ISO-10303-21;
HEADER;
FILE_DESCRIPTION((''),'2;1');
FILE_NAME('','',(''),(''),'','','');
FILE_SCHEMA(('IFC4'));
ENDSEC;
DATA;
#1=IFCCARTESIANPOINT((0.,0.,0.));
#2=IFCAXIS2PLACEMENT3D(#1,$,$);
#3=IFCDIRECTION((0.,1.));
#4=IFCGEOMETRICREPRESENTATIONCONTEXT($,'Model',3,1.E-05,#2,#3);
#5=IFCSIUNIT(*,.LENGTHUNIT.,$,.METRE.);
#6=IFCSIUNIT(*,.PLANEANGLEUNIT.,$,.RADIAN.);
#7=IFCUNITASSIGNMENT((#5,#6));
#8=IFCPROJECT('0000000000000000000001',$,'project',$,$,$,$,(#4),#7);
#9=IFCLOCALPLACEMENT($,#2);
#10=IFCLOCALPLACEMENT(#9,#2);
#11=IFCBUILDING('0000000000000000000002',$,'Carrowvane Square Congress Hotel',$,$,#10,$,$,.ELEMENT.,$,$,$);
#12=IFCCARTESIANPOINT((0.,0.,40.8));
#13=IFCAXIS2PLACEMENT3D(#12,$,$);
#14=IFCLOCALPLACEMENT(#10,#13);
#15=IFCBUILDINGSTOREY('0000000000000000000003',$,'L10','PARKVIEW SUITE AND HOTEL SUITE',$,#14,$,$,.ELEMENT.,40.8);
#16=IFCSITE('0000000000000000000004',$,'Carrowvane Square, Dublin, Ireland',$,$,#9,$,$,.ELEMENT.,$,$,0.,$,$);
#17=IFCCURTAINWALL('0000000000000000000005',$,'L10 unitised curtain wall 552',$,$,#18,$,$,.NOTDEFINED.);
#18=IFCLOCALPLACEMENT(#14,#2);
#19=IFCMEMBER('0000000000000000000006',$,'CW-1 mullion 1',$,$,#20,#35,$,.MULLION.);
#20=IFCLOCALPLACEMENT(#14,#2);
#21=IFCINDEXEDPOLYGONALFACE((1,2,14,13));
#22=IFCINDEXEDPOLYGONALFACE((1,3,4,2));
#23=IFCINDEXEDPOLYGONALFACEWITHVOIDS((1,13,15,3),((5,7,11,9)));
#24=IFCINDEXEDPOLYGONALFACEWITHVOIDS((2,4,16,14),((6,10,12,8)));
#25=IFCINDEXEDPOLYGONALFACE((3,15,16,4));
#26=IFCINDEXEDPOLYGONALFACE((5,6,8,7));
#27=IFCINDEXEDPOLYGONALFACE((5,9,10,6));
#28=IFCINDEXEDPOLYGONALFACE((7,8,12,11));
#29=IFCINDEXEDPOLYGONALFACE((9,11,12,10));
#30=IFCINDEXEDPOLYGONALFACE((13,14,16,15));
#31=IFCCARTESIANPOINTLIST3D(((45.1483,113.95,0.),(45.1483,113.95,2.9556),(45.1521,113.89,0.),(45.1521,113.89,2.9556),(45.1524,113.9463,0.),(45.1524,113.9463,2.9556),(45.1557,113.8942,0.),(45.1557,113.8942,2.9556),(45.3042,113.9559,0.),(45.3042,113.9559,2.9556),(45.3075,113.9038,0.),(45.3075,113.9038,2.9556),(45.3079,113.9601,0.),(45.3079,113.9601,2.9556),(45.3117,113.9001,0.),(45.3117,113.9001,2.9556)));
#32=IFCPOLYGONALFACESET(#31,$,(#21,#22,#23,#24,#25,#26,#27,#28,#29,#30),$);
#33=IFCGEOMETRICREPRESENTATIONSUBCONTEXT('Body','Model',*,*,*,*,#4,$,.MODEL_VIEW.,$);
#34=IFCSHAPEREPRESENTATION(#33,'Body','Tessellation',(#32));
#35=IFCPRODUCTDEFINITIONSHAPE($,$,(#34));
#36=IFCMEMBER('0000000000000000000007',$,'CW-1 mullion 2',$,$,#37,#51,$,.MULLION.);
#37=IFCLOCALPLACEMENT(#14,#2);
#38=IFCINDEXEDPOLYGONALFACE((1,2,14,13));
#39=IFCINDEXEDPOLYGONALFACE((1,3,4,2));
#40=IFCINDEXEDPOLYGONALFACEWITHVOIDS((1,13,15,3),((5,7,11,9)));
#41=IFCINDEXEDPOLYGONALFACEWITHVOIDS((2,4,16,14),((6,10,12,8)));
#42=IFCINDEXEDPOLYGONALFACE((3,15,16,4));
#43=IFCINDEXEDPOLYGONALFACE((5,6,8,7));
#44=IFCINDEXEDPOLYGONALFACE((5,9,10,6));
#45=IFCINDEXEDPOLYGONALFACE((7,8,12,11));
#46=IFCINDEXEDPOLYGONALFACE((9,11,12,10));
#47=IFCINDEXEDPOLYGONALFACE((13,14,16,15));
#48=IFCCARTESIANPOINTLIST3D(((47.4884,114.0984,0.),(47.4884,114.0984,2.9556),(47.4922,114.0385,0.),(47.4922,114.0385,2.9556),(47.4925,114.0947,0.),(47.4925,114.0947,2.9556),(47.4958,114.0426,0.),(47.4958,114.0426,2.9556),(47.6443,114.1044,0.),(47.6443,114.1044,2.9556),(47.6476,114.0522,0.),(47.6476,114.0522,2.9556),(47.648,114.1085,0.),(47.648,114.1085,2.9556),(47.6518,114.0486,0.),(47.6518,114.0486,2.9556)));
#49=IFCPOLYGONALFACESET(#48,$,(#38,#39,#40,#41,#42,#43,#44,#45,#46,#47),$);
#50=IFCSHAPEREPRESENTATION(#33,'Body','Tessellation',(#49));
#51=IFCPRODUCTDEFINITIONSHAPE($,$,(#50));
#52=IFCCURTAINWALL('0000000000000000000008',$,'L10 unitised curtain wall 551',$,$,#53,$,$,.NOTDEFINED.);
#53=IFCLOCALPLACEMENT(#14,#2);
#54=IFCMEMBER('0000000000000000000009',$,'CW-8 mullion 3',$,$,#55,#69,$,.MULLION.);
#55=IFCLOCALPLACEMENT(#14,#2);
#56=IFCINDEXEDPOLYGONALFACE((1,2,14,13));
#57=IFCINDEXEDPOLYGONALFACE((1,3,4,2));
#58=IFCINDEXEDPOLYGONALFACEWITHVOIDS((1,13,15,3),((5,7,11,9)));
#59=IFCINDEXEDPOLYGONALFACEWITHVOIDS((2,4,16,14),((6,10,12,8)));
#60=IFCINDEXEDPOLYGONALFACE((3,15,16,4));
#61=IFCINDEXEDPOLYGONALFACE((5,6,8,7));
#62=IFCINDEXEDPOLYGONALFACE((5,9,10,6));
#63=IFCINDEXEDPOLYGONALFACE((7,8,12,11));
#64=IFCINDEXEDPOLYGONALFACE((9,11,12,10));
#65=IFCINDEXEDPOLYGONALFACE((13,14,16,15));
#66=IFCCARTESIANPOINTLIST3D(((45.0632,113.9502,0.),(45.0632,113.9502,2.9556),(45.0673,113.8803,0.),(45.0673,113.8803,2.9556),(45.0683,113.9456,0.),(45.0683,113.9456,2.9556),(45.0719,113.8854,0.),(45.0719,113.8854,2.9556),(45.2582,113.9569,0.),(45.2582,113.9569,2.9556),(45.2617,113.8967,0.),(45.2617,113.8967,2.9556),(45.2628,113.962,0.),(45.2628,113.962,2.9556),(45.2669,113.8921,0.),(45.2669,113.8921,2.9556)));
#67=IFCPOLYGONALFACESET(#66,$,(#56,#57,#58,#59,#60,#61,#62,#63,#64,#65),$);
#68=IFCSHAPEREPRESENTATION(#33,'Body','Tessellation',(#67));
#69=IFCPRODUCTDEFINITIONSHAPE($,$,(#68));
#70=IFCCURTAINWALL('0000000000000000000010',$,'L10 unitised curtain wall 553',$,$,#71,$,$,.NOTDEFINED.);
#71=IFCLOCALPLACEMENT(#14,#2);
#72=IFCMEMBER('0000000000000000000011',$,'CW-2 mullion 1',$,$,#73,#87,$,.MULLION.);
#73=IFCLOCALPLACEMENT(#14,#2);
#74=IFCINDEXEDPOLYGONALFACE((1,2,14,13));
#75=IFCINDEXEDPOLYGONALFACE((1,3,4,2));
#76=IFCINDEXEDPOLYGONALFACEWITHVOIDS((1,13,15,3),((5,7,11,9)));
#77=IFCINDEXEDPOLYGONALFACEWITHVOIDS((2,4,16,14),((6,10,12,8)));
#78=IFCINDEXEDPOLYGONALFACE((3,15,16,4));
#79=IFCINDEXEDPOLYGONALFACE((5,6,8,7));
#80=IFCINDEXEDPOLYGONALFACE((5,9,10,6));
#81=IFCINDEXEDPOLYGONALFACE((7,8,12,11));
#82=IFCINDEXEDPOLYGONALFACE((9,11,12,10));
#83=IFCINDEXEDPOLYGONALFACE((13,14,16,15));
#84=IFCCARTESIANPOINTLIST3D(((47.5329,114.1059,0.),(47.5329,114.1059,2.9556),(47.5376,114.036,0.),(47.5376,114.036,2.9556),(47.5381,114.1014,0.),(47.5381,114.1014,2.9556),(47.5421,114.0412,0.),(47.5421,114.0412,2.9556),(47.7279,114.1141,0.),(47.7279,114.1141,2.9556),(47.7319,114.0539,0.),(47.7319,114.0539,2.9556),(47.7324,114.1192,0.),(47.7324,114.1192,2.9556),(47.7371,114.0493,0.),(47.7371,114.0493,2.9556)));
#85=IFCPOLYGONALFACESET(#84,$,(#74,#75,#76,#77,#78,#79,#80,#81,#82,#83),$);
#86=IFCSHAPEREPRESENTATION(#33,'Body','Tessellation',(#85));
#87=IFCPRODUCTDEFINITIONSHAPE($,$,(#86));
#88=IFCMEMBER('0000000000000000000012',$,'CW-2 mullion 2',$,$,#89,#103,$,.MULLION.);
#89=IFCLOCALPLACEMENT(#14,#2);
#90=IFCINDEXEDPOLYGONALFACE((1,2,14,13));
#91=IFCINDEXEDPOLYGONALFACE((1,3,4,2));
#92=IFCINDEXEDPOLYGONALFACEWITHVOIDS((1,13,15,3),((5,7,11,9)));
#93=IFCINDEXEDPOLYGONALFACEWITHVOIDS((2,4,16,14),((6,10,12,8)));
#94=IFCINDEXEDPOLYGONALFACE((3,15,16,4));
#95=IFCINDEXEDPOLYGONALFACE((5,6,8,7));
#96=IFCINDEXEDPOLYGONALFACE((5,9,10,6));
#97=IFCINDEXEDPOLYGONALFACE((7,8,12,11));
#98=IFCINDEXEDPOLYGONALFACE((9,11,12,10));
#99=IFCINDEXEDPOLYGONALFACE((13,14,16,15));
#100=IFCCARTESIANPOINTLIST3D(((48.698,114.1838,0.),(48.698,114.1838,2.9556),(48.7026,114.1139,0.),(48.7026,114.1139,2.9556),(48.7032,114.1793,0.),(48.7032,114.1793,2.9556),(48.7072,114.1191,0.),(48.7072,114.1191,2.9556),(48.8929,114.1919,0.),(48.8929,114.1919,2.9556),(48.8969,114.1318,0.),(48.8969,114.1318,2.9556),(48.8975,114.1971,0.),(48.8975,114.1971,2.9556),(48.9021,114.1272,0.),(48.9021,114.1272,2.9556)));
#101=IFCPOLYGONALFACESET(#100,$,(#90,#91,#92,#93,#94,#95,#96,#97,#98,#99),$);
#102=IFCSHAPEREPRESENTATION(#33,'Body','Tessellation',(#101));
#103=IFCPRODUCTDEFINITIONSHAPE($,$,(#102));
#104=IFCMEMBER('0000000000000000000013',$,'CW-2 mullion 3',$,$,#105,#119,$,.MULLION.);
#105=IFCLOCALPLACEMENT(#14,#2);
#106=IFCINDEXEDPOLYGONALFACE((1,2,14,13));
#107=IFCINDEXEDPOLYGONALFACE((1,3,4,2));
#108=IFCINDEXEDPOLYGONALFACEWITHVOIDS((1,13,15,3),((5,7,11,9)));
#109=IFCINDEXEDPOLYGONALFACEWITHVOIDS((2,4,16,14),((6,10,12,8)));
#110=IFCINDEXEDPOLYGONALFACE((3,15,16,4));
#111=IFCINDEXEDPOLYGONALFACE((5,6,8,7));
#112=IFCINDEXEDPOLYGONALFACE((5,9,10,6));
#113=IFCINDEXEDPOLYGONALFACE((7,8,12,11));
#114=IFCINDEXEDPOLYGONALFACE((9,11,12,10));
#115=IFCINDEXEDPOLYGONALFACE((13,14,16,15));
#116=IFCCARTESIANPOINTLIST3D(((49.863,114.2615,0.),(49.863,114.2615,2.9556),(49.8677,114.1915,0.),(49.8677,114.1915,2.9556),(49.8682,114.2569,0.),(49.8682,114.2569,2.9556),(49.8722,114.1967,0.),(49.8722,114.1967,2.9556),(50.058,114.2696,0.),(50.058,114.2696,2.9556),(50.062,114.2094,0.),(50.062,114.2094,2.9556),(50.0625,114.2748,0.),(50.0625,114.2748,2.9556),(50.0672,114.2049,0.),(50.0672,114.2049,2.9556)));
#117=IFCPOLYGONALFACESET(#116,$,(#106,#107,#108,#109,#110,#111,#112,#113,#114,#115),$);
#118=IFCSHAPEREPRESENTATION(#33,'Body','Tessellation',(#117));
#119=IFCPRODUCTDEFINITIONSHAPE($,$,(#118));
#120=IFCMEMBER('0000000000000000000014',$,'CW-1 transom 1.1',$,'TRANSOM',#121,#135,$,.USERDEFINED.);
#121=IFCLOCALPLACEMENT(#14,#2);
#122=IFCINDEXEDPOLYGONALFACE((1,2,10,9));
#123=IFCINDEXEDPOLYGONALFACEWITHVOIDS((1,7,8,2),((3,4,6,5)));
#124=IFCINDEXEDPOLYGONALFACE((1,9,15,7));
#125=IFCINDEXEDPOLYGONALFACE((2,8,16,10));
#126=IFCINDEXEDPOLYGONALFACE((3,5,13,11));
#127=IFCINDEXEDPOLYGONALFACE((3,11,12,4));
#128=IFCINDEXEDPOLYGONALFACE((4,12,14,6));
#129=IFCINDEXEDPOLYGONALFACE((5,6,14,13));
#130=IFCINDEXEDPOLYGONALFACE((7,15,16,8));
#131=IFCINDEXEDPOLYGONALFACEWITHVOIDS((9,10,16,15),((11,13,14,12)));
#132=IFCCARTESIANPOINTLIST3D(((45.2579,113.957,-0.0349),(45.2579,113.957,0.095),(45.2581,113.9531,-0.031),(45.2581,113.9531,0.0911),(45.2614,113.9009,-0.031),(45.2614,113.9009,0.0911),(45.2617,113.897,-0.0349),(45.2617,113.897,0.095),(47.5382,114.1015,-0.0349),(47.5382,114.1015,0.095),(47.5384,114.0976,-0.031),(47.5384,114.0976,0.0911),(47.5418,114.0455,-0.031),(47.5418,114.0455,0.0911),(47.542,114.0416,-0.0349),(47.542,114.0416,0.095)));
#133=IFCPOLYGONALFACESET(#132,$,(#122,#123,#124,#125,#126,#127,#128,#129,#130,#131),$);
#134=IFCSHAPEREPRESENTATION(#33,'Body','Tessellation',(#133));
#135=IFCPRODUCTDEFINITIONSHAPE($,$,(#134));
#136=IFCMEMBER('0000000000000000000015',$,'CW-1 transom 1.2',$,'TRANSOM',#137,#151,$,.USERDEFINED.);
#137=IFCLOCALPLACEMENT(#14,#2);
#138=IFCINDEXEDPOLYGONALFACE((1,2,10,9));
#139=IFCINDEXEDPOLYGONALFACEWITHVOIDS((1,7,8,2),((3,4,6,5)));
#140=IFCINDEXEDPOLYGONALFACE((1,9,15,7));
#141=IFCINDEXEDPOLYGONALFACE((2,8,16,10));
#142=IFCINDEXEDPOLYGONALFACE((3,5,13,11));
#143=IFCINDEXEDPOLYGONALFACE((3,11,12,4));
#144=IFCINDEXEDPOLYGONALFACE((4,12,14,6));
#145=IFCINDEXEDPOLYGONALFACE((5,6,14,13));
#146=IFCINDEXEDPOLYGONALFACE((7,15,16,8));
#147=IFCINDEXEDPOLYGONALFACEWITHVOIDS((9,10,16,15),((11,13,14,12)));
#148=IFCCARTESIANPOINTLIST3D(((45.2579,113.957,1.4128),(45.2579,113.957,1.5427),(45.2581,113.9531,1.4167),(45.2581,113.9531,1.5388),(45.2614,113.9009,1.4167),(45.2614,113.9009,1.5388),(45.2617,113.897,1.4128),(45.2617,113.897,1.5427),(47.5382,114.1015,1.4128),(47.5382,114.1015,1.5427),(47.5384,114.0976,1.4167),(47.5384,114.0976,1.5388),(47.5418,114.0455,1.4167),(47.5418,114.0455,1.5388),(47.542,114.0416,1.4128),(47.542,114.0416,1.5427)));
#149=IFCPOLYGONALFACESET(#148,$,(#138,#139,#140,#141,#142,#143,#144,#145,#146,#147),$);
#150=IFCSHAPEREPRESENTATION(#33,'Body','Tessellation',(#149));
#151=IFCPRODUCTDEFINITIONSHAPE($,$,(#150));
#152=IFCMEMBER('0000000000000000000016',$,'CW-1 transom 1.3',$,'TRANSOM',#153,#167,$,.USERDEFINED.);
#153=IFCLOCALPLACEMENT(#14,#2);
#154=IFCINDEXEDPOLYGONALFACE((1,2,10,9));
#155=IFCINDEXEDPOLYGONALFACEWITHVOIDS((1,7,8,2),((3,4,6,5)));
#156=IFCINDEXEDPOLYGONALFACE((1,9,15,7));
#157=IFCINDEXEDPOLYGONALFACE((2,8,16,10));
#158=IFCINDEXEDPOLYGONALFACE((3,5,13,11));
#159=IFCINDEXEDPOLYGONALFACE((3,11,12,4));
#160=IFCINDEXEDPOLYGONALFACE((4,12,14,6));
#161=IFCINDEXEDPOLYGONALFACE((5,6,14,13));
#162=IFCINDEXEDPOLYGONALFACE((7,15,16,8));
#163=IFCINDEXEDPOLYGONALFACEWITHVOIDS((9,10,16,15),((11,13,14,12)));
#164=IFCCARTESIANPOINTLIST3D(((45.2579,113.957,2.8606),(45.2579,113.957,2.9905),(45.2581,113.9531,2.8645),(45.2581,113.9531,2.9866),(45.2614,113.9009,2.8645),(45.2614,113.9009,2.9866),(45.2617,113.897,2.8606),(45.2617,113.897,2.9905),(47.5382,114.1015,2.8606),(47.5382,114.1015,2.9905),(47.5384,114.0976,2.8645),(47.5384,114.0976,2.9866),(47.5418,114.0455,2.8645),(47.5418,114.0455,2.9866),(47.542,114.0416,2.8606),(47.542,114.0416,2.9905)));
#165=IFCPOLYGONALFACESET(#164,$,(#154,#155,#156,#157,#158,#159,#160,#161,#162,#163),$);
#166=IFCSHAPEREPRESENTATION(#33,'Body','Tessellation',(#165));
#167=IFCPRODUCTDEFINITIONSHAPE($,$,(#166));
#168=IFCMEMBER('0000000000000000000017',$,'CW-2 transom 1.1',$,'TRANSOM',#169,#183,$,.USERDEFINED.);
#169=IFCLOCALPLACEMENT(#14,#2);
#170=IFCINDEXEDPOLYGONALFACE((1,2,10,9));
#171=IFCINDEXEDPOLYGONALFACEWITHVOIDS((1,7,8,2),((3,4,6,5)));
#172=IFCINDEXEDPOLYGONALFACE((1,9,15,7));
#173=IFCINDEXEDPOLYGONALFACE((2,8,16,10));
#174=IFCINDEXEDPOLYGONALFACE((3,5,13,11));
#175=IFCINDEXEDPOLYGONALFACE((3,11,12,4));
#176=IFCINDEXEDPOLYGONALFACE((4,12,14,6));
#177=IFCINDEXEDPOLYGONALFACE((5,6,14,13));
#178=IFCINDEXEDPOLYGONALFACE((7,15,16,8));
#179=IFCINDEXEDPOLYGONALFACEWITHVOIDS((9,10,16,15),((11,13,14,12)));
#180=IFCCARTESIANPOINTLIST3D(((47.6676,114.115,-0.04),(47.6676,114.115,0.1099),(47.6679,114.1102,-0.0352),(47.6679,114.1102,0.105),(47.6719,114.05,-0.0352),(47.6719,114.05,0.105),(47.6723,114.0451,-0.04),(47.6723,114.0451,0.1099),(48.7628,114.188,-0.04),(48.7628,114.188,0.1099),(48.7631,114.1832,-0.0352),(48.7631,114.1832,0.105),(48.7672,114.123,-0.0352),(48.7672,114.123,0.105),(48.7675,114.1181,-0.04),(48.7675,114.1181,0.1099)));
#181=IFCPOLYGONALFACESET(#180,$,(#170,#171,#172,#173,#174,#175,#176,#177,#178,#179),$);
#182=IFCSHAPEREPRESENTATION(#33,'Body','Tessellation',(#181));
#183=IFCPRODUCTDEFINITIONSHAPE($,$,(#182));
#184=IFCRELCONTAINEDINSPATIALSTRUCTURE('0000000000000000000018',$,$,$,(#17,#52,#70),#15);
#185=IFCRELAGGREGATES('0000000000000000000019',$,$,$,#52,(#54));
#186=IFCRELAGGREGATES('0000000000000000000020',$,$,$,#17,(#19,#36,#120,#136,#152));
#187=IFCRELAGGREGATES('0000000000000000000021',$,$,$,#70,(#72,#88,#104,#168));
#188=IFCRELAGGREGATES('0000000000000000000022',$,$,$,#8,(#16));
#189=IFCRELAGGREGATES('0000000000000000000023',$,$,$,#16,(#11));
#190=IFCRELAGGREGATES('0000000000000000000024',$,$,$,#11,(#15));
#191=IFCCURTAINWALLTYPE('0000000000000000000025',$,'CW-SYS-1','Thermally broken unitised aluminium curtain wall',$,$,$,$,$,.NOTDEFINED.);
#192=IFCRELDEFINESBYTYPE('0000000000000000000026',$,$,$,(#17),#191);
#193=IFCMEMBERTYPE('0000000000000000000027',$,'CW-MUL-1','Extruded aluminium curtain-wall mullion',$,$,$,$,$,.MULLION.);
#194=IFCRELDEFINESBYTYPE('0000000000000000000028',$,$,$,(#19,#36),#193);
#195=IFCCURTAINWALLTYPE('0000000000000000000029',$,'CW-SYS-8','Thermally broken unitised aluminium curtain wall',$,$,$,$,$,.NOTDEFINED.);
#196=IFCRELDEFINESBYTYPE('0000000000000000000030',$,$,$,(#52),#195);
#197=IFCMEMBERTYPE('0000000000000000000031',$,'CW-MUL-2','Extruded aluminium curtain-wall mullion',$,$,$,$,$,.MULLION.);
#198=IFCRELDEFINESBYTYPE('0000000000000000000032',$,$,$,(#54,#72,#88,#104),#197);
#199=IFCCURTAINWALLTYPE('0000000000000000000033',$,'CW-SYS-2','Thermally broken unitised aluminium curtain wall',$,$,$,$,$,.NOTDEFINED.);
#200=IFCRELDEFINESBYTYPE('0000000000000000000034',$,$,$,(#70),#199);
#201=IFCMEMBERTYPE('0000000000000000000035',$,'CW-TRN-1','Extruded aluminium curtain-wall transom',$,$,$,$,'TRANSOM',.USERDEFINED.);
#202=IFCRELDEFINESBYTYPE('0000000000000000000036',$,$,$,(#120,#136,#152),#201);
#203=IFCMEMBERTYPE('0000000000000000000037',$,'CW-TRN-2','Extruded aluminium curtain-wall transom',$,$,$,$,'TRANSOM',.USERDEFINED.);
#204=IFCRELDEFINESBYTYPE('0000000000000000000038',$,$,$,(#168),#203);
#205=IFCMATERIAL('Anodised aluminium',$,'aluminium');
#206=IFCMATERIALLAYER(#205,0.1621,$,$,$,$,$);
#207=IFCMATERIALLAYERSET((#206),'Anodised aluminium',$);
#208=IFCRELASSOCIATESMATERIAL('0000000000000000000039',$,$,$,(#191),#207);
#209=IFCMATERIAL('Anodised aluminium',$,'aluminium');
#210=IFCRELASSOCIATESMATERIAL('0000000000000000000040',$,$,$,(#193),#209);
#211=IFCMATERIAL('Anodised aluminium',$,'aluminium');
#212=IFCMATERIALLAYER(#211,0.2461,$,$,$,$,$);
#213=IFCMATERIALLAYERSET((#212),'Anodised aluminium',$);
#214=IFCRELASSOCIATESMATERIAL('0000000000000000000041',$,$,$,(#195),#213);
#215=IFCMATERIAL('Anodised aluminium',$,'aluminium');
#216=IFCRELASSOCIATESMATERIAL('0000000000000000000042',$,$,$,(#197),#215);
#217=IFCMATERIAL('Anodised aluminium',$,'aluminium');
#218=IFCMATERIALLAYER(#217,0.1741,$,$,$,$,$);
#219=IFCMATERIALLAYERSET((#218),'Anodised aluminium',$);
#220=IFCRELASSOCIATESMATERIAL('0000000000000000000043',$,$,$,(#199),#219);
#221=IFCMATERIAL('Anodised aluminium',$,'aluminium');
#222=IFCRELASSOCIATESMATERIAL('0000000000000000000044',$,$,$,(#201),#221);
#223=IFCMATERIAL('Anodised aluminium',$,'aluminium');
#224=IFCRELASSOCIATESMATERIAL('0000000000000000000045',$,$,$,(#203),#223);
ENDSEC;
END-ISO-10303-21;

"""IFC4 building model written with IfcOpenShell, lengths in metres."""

from ifc_helpers import new_model, si_unit, direction, frame, origin, origin_2d, place, context, subcontext, project, spatial, hollow_rectangle, extrude, material, layer, layer_set, material_profile, profile_set, type_object, element, aggregate, save


model = new_model("IFC4")

# Units and contexts
model_context = context("Model", 3, precision=1e-05, world=origin(), true_north=direction((0.0, 1.0)))
body_context = subcontext(model_context, "Body", "Model", "MODEL_VIEW")
ifc_project = project(units=[si_unit("LENGTHUNIT", "METRE"), si_unit("PLANEANGLEUNIT", "RADIAN")], contexts=[model_context])

# Site, building, storey
site_placement = place(None, origin())
site = spatial("IfcSite", under=ifc_project, at=site_placement, Name="Carrowvane Square, Dublin, Ireland", CompositionType="ELEMENT", RefElevation=0.0)
building_placement = place(site_placement, origin())
building = spatial("IfcBuilding", under=site, at=building_placement, Name="Carrowvane Square Congress Hotel", CompositionType="ELEMENT")
storey_placement = place(building_placement, frame((0.0, 0.0, 40.8)))
storey = spatial("IfcBuildingStorey", under=building, at=storey_placement, Name="L10", Description="PARKVIEW SUITE AND HOTEL SUITE", CompositionType="ELEMENT", Elevation=40.8)

# Curtain wall, members
ifc_material_1 = material(Name="Anodised aluminium", Category="aluminium")
ifc_layer_1 = layer(ifc_material_1, 0.1621)
ifc_layer_set_1 = layer_set([ifc_layer_1], Name="Anodised aluminium")
curtain_wall_type_1 = type_object("IfcCurtainWallType", Name="CW-SYS-1", Description="Thermally broken unitised aluminium curtain wall", PredefinedType="NOTDEFINED", material=ifc_layer_set_1)
curtain_wall_1_placement = place(storey_placement, origin())
curtain_wall_1 = element("IfcCurtainWall", 1, at=curtain_wall_1_placement, inside=storey, type_object=curtain_wall_type_1, Name="L10 unitised curtain wall 552", PredefinedType="NOTDEFINED")
ifc_material_2 = material(Name="Anodised aluminium", Category="aluminium")
ifc_material_profile_1 = material_profile(ifc_material_2, hollow_rectangle(XDim=0.0601, YDim=0.1599, WallThickness=0.0039, at=origin_2d()), Name="CW-ML 60x160x4")
ifc_profile_set_1 = profile_set([ifc_material_profile_1], Name="Anodised aluminium")
member_type_1 = type_object("IfcMemberType", Name="CW-MUL-1", Description="Extruded aluminium curtain-wall mullion", PredefinedType="MULLION", material=ifc_profile_set_1)
member_1_placement = place(storey_placement, frame((45.23, 113.925, 0.0), z_axis=(0.0, 0.0, 1.0), x_axis=(-0.063273, 0.997996, 0.0)))
member_1 = element("IfcMember", 2, at=member_1_placement, type_object=member_type_1, Name="CW-1 mullion 1", PredefinedType="MULLION", context=body_context, shape_type="SweptSolid", body=[
    extrude(hollow_rectangle(XDim=0.0601, YDim=0.1599, WallThickness=0.0039, at=origin_2d()), origin(), (0.0, 0.0, 1.0), 2.9556),
])
member_2_placement = place(storey_placement, frame((47.5701, 114.0735, 0.0), z_axis=(0.0, 0.0, 1.0), x_axis=(-0.063273, 0.997996, 0.0)))
member_2 = element("IfcMember", 3, at=member_2_placement, type_object=member_type_1, Name="CW-1 mullion 2", PredefinedType="MULLION", context=body_context, shape_type="SweptSolid", body=[
    extrude(hollow_rectangle(XDim=0.0601, YDim=0.1599, WallThickness=0.0039, at=origin_2d()), origin(), (0.0, 0.0, 1.0), 2.9556),
])

# Curtain wall, member
ifc_material_3 = material(Name="Anodised aluminium", Category="aluminium")
ifc_layer_2 = layer(ifc_material_3, 0.2461)
ifc_layer_set_2 = layer_set([ifc_layer_2], Name="Anodised aluminium")
curtain_wall_type_2 = type_object("IfcCurtainWallType", Name="CW-SYS-8", Description="Thermally broken unitised aluminium curtain wall", PredefinedType="NOTDEFINED", material=ifc_layer_set_2)
curtain_wall_2_placement = place(storey_placement, origin())
curtain_wall_2 = element("IfcCurtainWall", 4, at=curtain_wall_2_placement, inside=storey, type_object=curtain_wall_type_2, Name="L10 unitised curtain wall 551", PredefinedType="NOTDEFINED")
ifc_material_4 = material(Name="Anodised aluminium", Category="aluminium")
ifc_material_profile_2 = material_profile(ifc_material_4, hollow_rectangle(XDim=0.0701, YDim=0.2, WallThickness=0.0049, at=origin_2d()), Name="CW-ML 70x200x5")
ifc_profile_set_2 = profile_set([ifc_material_profile_2], Name="Anodised aluminium")
member_type_2 = type_object("IfcMemberType", Name="CW-MUL-2", Description="Extruded aluminium curtain-wall mullion", PredefinedType="MULLION", material=ifc_profile_set_2)
member_3_placement = place(storey_placement, frame((45.165, 113.9211, 0.0), z_axis=(0.0, 0.0, 1.0), x_axis=(-0.058989, 0.998259, 0.0)))
member_3 = element("IfcMember", 5, at=member_3_placement, type_object=member_type_2, Name="CW-8 mullion 3", PredefinedType="MULLION", context=body_context, shape_type="SweptSolid", body=[
    extrude(hollow_rectangle(XDim=0.0701, YDim=0.2, WallThickness=0.0049, at=origin_2d()), origin(), (0.0, 0.0, 1.0), 2.9556),
])

# Curtain wall, members
ifc_material_5 = material(Name="Anodised aluminium", Category="aluminium")
ifc_layer_3 = layer(ifc_material_5, 0.1741)
ifc_layer_set_3 = layer_set([ifc_layer_3], Name="Anodised aluminium")
curtain_wall_type_3 = type_object("IfcCurtainWallType", Name="CW-SYS-2", Description="Thermally broken unitised aluminium curtain wall", PredefinedType="NOTDEFINED", material=ifc_layer_set_3)
curtain_wall_3_placement = place(storey_placement, origin())
curtain_wall_3 = element("IfcCurtainWall", 6, at=curtain_wall_3_placement, inside=storey, type_object=curtain_wall_type_3, Name="L10 unitised curtain wall 553", PredefinedType="NOTDEFINED")
member_4_placement = place(storey_placement, frame((47.635, 114.0776, 0.0), z_axis=(0.0, 0.0, 1.0), x_axis=(-0.066578, 0.997781, 0.0)))
member_4 = element("IfcMember", 7, at=member_4_placement, type_object=member_type_2, Name="CW-2 mullion 1", PredefinedType="MULLION", context=body_context, shape_type="SweptSolid", body=[
    extrude(hollow_rectangle(XDim=0.0701, YDim=0.2, WallThickness=0.0049, at=origin_2d()), origin(), (0.0, 0.0, 1.0), 2.9556),
])
member_5_placement = place(storey_placement, frame((48.8, 114.1555, 0.0), z_axis=(0.0, 0.0, 1.0), x_axis=(-0.066578, 0.997781, 0.0)))
member_5 = element("IfcMember", 8, at=member_5_placement, type_object=member_type_2, Name="CW-2 mullion 2", PredefinedType="MULLION", context=body_context, shape_type="SweptSolid", body=[
    extrude(hollow_rectangle(XDim=0.0701, YDim=0.2, WallThickness=0.0049, at=origin_2d()), origin(), (0.0, 0.0, 1.0), 2.9556),
])
member_6_placement = place(storey_placement, frame((49.9651, 114.2332, 0.0), z_axis=(0.0, 0.0, 1.0), x_axis=(-0.066578, 0.997781, 0.0)))
member_6 = element("IfcMember", 9, at=member_6_placement, type_object=member_type_2, Name="CW-2 mullion 3", PredefinedType="MULLION", context=body_context, shape_type="SweptSolid", body=[
    extrude(hollow_rectangle(XDim=0.0701, YDim=0.2, WallThickness=0.0049, at=origin_2d()), origin(), (0.0, 0.0, 1.0), 2.9556),
])

# Members
ifc_material_6 = material(Name="Anodised aluminium", Category="aluminium")
ifc_material_profile_3 = material_profile(ifc_material_6, hollow_rectangle(XDim=0.0601, YDim=0.1299, WallThickness=0.0039, at=origin_2d()), Name="CW-TR 60x130x4")
ifc_profile_set_3 = profile_set([ifc_material_profile_3], Name="Anodised aluminium")
member_type_3 = type_object("IfcMemberType", Name="CW-TRN-1", Description="Extruded aluminium curtain-wall transom", ElementType="TRANSOM", PredefinedType="USERDEFINED", material=ifc_profile_set_3)
member_7_placement = place(storey_placement, frame((45.2598, 113.927, 0.03), z_axis=(0.997997, 0.063256, 0.0), x_axis=(-0.063256, 0.997997, 0.0)))
member_7 = element("IfcMember", 10, at=member_7_placement, type_object=member_type_3, Name="CW-1 transom 1.1", ObjectType="TRANSOM", PredefinedType="USERDEFINED", context=body_context, shape_type="SweptSolid", body=[
    extrude(hollow_rectangle(XDim=0.0601, YDim=0.1299, WallThickness=0.0039, at=origin_2d()), origin(), (0.0, 0.0, 1.0), 2.2849),
])
member_8_placement = place(storey_placement, frame((45.2598, 113.927, 1.4778), z_axis=(0.997997, 0.063256, 0.0), x_axis=(-0.063256, 0.997997, 0.0)))
member_8 = element("IfcMember", 11, at=member_8_placement, type_object=member_type_3, Name="CW-1 transom 1.2", ObjectType="TRANSOM", PredefinedType="USERDEFINED", context=body_context, shape_type="SweptSolid", body=[
    extrude(hollow_rectangle(XDim=0.0601, YDim=0.1299, WallThickness=0.0039, at=origin_2d()), origin(), (0.0, 0.0, 1.0), 2.2849),
])
member_9_placement = place(storey_placement, frame((45.2598, 113.927, 2.9255), z_axis=(0.997997, 0.063256, 0.0), x_axis=(-0.063256, 0.997997, 0.0)))
member_9 = element("IfcMember", 12, at=member_9_placement, type_object=member_type_3, Name="CW-1 transom 1.3", ObjectType="TRANSOM", PredefinedType="USERDEFINED", context=body_context, shape_type="SweptSolid", body=[
    extrude(hollow_rectangle(XDim=0.0601, YDim=0.1299, WallThickness=0.0039, at=origin_2d()), origin(), (0.0, 0.0, 1.0), 2.2849),
])
ifc_material_7 = material(Name="Anodised aluminium", Category="aluminium")
ifc_material_profile_4 = material_profile(ifc_material_7, hollow_rectangle(XDim=0.0701, YDim=0.1499, WallThickness=0.0049, at=origin_2d()), Name="CW-TR 70x150x5")
ifc_profile_set_4 = profile_set([ifc_material_profile_4], Name="Anodised aluminium")
member_type_4 = type_object("IfcMemberType", Name="CW-TRN-2", Description="Extruded aluminium curtain-wall transom", ElementType="TRANSOM", PredefinedType="USERDEFINED", material=ifc_profile_set_4)
member_10_placement = place(storey_placement, frame((47.6699, 114.0801, 0.0349), z_axis=(0.997786, 0.066504, 0.0), x_axis=(-0.066504, 0.997786, 0.0)))
member_10 = element("IfcMember", 13, at=member_10_placement, type_object=member_type_4, Name="CW-2 transom 1.1", ObjectType="TRANSOM", PredefinedType="USERDEFINED", context=body_context, shape_type="SweptSolid", body=[
    extrude(hollow_rectangle(XDim=0.0701, YDim=0.1499, WallThickness=0.0049, at=origin_2d()), origin(), (0.0, 0.0, 1.0), 1.0977),
])

aggregate(curtain_wall_2, [member_3])
aggregate(curtain_wall_1, [member_1, member_2, member_7, member_8, member_9])
aggregate(curtain_wall_3, [member_4, member_5, member_6, member_10])

save(model, "model.ifc")
